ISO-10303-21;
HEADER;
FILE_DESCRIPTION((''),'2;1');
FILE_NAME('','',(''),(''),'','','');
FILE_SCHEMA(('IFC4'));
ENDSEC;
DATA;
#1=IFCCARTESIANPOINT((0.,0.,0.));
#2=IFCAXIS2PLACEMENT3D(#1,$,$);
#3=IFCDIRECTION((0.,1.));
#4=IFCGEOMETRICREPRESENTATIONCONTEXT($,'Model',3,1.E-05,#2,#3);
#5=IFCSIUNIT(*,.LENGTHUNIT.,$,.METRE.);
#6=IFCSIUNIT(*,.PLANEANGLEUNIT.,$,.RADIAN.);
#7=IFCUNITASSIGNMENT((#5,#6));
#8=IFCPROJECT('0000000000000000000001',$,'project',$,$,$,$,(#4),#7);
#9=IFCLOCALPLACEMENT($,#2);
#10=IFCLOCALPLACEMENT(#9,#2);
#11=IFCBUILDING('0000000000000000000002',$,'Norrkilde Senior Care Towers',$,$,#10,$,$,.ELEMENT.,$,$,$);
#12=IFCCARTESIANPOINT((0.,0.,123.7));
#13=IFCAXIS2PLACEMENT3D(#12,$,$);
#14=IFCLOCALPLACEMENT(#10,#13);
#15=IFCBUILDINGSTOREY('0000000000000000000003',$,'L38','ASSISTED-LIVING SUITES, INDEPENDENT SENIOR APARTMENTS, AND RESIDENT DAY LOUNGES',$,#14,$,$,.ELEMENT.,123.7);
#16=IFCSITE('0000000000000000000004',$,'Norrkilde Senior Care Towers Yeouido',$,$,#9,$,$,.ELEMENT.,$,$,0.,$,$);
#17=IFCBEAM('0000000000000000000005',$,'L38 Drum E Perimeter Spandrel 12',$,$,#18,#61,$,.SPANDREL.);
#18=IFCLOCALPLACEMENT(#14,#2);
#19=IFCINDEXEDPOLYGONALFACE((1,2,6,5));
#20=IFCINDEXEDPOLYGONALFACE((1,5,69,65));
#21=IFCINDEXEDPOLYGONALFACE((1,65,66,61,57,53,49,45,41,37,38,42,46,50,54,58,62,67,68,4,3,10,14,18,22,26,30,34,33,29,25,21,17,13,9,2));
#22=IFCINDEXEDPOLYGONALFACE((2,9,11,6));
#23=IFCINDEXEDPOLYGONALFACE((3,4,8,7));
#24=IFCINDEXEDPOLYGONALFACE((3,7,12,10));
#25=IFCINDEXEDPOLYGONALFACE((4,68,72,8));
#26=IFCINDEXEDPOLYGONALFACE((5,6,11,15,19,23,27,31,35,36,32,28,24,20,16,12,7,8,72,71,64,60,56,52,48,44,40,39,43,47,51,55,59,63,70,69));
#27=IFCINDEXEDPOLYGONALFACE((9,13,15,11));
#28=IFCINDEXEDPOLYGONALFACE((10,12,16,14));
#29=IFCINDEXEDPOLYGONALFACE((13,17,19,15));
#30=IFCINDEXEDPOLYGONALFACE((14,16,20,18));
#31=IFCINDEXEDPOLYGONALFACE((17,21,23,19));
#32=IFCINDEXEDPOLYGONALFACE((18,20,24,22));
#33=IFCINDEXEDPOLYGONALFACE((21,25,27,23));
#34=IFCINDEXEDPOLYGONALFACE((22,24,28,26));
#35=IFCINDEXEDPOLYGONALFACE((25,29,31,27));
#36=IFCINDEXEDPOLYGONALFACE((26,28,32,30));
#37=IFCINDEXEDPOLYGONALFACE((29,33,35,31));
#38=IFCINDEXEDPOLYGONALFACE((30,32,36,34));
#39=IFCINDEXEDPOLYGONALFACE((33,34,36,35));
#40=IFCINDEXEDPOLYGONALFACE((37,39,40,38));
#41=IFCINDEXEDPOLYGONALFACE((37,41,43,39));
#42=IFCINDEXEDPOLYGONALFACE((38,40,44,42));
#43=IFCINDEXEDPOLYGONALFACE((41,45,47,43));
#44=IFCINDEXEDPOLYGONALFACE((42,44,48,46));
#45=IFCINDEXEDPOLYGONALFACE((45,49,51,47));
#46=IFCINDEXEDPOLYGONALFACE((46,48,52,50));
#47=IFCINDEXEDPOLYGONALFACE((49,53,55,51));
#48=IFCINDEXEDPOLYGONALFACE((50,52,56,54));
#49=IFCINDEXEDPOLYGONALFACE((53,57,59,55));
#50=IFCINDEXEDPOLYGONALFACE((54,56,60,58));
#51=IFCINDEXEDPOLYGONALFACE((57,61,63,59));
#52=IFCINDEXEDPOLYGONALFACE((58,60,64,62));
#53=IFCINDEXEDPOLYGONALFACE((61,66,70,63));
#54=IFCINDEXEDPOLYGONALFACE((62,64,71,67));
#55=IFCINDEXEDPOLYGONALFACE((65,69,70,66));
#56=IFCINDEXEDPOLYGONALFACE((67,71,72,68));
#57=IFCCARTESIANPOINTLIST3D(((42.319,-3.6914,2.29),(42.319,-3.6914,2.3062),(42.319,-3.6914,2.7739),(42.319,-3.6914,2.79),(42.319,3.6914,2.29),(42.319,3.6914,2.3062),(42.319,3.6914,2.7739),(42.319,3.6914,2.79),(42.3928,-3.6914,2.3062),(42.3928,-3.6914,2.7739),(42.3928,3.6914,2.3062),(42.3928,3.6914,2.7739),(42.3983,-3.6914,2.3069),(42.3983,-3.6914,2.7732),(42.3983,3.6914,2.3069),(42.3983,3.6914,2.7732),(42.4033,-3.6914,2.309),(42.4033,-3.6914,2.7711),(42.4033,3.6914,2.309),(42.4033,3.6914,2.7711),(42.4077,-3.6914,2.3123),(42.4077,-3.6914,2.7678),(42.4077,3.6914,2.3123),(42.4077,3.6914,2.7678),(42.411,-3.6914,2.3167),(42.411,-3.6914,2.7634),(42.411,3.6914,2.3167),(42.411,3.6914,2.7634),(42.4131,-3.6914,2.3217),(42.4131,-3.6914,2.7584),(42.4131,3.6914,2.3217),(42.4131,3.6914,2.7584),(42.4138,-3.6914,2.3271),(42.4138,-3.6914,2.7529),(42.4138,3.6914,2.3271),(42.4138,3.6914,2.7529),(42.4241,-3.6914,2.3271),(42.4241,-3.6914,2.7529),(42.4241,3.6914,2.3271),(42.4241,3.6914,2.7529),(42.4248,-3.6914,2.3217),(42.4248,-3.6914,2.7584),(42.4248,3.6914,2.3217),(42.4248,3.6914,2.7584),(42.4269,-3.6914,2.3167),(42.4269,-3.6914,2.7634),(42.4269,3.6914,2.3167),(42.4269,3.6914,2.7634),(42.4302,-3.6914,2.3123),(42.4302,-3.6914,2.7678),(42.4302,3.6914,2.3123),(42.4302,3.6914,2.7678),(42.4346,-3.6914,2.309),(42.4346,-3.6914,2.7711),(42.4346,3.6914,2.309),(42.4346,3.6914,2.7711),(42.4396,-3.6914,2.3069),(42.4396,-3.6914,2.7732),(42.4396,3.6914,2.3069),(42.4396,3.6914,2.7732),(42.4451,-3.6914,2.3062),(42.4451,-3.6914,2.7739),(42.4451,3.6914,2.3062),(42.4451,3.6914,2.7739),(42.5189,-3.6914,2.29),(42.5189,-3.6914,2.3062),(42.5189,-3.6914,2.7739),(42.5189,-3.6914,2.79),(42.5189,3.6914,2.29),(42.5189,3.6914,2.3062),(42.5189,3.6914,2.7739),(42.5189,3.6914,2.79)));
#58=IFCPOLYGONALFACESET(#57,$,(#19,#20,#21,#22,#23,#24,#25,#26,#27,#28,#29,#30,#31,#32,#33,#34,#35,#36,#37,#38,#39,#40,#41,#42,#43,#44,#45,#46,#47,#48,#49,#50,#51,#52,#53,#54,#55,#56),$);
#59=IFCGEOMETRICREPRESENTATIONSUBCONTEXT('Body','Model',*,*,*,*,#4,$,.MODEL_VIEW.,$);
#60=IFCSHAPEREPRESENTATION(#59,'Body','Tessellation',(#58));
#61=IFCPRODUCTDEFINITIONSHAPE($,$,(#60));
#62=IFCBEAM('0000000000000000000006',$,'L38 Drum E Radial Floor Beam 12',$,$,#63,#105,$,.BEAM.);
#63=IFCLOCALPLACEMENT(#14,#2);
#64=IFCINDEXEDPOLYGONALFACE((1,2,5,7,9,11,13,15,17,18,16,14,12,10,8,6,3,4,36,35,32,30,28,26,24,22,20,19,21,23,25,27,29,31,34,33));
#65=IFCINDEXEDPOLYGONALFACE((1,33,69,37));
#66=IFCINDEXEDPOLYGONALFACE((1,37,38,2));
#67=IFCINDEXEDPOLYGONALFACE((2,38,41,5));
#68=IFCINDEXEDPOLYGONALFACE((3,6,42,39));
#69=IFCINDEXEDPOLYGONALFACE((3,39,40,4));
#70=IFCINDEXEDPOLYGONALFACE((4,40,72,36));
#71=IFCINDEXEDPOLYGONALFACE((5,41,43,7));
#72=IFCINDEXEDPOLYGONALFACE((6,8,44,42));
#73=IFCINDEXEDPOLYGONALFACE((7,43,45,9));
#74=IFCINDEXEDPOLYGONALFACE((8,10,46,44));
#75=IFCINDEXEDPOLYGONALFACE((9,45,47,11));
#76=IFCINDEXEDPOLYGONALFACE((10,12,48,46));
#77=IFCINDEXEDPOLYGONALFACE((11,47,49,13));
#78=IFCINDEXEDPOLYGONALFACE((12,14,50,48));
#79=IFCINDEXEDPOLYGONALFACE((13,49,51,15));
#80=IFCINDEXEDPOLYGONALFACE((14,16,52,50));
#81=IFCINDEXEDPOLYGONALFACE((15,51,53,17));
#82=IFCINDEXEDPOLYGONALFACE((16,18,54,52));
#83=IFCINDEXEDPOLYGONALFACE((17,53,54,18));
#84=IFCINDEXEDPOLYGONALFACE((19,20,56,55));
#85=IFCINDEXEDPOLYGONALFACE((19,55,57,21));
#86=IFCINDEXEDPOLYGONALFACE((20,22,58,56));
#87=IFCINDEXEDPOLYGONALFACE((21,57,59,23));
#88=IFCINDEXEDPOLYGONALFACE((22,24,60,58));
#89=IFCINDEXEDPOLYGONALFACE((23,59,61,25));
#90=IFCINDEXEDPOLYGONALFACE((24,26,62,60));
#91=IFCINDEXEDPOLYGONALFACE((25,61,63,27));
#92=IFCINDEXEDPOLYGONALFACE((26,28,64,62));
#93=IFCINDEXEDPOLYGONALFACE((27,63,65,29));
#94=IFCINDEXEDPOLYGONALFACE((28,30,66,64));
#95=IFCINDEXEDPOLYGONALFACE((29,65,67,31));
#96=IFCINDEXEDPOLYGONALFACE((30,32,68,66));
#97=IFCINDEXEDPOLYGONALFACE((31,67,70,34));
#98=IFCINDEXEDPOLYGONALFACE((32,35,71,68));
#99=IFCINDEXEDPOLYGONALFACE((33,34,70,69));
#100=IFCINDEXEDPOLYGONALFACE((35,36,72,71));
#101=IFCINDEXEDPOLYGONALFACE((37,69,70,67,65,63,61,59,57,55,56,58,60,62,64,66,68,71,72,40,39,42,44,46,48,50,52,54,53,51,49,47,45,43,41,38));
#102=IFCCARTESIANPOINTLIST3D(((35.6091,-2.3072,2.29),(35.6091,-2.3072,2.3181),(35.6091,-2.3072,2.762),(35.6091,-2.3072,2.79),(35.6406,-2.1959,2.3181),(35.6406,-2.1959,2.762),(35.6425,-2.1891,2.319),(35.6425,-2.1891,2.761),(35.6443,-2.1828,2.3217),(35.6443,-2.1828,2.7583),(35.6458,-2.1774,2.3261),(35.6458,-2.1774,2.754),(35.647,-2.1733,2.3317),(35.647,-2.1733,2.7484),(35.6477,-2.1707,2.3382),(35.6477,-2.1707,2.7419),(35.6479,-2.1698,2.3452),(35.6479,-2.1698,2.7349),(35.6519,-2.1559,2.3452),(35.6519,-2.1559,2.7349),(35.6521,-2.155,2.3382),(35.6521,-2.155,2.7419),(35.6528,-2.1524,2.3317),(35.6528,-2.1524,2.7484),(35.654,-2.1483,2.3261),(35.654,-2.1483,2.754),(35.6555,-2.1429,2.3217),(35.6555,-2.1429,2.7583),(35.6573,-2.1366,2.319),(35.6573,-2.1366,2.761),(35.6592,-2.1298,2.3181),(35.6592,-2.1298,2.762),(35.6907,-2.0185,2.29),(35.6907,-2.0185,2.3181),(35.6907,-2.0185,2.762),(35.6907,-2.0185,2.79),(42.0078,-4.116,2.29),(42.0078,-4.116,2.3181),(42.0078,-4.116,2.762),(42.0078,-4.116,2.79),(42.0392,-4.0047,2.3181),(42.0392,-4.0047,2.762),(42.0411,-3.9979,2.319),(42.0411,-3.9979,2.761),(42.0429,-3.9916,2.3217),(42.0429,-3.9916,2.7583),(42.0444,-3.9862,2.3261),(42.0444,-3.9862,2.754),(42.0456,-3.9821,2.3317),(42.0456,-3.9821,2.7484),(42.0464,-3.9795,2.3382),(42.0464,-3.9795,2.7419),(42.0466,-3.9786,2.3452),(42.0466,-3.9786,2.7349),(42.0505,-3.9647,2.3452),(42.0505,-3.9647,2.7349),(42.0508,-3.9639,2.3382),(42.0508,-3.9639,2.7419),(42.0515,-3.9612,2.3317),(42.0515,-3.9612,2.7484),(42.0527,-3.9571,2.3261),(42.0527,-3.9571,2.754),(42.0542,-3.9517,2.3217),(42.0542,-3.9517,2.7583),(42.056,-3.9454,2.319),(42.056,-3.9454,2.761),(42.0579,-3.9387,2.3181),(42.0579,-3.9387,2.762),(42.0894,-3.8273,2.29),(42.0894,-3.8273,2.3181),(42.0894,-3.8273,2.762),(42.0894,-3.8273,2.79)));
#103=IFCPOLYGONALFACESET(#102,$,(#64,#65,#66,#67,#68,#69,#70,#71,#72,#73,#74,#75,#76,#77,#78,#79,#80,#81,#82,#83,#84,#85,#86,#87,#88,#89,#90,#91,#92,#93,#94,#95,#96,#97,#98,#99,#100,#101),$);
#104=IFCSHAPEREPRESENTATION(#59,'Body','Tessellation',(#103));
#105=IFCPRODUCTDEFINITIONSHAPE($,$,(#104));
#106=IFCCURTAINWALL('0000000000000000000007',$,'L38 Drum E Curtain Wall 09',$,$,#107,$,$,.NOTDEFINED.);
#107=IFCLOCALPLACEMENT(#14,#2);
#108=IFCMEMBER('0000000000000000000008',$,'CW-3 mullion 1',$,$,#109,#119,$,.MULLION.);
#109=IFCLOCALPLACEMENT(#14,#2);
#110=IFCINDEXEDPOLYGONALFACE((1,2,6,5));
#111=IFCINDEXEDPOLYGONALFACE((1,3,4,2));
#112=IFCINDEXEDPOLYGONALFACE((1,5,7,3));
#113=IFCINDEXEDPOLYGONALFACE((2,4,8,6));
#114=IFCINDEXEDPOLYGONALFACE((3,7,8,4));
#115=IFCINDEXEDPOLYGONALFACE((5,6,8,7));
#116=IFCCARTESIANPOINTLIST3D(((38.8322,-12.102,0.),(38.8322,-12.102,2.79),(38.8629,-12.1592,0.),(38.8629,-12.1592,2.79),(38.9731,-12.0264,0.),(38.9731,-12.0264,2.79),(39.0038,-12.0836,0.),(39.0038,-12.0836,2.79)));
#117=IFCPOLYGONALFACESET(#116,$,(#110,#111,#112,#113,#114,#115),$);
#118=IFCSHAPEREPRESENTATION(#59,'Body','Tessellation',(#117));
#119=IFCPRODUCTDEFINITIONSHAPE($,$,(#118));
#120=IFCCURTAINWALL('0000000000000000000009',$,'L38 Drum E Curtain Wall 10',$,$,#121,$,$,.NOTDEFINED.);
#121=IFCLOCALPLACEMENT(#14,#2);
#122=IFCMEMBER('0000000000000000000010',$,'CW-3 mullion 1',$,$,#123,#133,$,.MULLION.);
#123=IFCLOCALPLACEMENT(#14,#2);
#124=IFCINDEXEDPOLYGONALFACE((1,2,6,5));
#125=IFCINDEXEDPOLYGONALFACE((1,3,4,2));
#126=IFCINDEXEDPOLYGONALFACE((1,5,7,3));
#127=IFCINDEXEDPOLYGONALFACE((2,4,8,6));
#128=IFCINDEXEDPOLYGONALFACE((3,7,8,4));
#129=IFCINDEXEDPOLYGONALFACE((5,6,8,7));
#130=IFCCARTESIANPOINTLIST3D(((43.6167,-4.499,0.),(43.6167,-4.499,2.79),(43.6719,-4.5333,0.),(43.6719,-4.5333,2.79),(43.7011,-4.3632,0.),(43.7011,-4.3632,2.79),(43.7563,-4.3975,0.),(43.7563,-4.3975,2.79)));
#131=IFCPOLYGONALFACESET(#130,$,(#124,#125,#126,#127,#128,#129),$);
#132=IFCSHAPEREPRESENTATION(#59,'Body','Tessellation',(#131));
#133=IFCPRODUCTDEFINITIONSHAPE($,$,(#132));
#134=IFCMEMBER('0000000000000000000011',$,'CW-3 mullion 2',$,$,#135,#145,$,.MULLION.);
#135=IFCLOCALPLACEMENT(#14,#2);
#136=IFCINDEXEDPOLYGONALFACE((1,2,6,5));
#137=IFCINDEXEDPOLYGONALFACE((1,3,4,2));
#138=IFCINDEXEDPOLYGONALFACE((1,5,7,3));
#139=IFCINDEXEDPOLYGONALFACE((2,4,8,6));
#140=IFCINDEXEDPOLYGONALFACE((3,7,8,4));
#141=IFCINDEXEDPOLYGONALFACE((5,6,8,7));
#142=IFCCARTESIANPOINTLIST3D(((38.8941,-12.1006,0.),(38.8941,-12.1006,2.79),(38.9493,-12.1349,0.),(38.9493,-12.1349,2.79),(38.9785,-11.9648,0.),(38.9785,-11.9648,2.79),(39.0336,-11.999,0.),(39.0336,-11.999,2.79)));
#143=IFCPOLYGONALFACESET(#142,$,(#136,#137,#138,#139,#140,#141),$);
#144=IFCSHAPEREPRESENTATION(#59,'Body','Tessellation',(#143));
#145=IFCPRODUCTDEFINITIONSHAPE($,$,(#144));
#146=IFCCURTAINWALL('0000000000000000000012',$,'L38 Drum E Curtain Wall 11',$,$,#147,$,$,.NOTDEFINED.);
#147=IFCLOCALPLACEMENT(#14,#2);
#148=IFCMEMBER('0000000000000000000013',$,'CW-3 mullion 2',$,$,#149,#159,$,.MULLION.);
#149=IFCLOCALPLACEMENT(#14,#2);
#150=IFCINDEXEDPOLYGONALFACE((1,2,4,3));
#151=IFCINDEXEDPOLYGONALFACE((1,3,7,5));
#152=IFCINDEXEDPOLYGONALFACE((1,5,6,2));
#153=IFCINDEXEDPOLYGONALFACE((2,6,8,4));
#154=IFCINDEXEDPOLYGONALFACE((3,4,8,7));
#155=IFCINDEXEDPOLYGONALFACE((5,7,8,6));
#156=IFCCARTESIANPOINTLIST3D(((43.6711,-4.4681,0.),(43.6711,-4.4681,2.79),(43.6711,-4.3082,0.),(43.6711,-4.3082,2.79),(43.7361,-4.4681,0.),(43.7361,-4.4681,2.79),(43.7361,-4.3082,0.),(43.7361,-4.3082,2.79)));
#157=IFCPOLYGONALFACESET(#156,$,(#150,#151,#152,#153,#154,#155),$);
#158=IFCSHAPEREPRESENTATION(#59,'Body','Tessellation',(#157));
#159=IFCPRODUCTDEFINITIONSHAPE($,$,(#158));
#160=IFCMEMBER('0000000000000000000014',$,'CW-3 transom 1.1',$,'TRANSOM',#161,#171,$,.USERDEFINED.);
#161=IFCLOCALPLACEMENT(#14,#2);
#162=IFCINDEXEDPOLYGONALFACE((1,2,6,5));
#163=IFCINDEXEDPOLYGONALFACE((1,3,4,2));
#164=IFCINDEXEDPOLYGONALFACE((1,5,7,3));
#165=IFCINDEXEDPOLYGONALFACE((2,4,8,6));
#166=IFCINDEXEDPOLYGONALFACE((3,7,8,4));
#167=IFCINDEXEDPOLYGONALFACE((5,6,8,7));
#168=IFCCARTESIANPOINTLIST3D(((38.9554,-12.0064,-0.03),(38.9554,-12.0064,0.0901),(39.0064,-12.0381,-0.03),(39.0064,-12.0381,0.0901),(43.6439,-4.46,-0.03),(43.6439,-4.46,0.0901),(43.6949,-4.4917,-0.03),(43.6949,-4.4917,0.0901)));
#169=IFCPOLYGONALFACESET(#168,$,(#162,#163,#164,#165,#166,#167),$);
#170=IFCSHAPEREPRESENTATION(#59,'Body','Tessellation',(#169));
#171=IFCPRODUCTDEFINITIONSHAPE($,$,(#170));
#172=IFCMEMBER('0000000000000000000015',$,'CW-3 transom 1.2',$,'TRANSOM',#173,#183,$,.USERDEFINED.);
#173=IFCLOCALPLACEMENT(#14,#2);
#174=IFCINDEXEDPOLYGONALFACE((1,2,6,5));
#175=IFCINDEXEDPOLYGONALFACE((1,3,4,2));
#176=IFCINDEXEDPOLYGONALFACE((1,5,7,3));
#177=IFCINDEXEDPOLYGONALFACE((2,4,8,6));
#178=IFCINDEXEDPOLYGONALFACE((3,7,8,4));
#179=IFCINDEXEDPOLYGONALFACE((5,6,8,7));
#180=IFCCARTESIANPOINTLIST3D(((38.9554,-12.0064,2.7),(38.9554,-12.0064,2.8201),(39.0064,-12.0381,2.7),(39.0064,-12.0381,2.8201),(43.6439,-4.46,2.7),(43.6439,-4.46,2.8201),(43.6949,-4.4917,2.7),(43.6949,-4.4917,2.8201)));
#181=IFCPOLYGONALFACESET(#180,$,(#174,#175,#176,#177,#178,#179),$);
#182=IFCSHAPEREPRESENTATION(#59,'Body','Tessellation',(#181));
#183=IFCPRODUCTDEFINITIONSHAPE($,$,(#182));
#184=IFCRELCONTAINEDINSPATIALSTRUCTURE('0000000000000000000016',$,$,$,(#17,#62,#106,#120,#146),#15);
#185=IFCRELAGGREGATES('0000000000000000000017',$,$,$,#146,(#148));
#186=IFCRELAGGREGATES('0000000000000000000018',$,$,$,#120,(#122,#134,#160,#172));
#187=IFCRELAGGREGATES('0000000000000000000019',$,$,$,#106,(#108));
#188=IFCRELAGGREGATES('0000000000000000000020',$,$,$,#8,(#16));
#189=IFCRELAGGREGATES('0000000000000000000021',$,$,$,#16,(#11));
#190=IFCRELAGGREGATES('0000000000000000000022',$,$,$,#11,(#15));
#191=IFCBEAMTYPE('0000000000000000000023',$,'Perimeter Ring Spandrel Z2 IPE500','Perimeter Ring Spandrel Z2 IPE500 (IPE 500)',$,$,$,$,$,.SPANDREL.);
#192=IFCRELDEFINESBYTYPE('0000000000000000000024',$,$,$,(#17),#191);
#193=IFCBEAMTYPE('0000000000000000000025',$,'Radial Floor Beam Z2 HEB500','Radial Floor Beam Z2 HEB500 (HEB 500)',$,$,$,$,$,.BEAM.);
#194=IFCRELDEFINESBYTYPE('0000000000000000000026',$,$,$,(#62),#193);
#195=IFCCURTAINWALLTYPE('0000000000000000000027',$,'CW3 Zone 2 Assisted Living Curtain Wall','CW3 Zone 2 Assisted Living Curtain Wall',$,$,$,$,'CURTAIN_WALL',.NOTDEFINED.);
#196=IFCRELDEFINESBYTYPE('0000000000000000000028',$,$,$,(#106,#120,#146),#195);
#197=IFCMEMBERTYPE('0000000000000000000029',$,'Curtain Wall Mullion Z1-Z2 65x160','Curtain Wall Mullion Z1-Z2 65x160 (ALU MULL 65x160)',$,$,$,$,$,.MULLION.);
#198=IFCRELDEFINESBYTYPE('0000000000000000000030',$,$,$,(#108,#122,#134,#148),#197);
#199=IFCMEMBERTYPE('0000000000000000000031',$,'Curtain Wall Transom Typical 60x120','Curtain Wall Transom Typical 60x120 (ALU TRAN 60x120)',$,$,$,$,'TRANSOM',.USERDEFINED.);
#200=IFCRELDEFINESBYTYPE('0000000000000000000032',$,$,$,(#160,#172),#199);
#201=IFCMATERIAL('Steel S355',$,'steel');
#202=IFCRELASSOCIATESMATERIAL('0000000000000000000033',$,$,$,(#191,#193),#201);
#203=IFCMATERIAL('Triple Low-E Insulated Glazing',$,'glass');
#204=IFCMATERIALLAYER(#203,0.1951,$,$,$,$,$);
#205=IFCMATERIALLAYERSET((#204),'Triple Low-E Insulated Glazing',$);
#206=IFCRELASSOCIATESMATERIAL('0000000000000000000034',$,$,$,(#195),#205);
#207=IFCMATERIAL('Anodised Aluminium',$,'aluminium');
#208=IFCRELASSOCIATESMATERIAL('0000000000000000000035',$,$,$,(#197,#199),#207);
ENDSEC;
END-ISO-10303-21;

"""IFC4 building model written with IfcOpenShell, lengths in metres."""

from ifc_helpers import new_model, si_unit, direction, frame, origin, origin_2d, place, context, subcontext, project, spatial, rectangle, i_section, extrude, source, transform, mapped, material, layer, layer_set, material_profile, profile_set, type_object, type_shapes, element, aggregate, save


model = new_model("IFC4")

# Units and contexts
model_context = context("Model", 3, precision=1e-05, world=origin(), true_north=direction((0.0, 1.0)))
body_context = subcontext(model_context, "Body", "Model", "MODEL_VIEW")
ifc_project = project(units=[si_unit("LENGTHUNIT", "METRE"), si_unit("PLANEANGLEUNIT", "RADIAN")], contexts=[model_context])

# Site, building, storey
site_placement = place(None, origin())
site = spatial("IfcSite", under=ifc_project, at=site_placement, Name="Norrkilde Senior Care Towers Yeouido", CompositionType="ELEMENT", RefElevation=0.0)
building_placement = place(site_placement, origin())
building = spatial("IfcBuilding", under=site, at=building_placement, Name="Norrkilde Senior Care Towers", CompositionType="ELEMENT")
storey_placement = place(building_placement, frame((0.0, 0.0, 123.7)))
storey = spatial("IfcBuildingStorey", under=building, at=storey_placement, Name="L38", Description="ASSISTED-LIVING SUITES, INDEPENDENT SENIOR APARTMENTS, AND RESIDENT DAY LOUNGES", CompositionType="ELEMENT", Elevation=123.7)

# Beams
ifc_material_1 = material(Name="Steel S355", Category="steel")
ifc_material_profile_1 = material_profile(ifc_material_1, i_section(OverallWidth=0.2, OverallDepth=0.5, WebThickness=0.0103, FlangeThickness=0.0161, FilletRadius=0.021, at=origin_2d()), Name="IPE 500")
ifc_profile_set_1 = profile_set([ifc_material_profile_1], Name="Steel S355")
beam_type_1 = type_object("IfcBeamType", Name="Perimeter Ring Spandrel Z2 IPE500", Description="Perimeter Ring Spandrel Z2 IPE500 (IPE 500)", PredefinedType="SPANDREL", material=ifc_profile_set_1)
shared_shape_1 = source(origin(), body_context, "Body", "SweptSolid", [
    extrude(i_section(OverallWidth=0.2, OverallDepth=0.5, WebThickness=0.0103, FlangeThickness=0.0161, FilletRadius=0.021, at=origin_2d()), origin(), (0.0, 0.0, 1.0), 7.3828),
])
beam_1_placement = place(storey_placement, frame((42.4189, -3.6914, 2.54), z_axis=(0.0, 1.0, 0.0), x_axis=(-1.0, 0.0, 0.0)))
element("IfcBeam", 1, at=beam_1_placement, inside=storey, type_object=beam_type_1, Name="L38 Drum E Perimeter Spandrel 12", PredefinedType="SPANDREL", context=body_context, shape_type="MappedRepresentation", body=[
    mapped(shared_shape_1, transform((0.0, 0.0, 0.0), x_axis=(1.0, 0.0, 0.0), y_axis=(0.0, 1.0, 0.0), z_axis=(0.0, 0.0, 1.0), scale=1.0)),
])
ifc_material_profile_2 = material_profile(ifc_material_1, i_section(OverallWidth=0.3, OverallDepth=0.5, WebThickness=0.0144, FlangeThickness=0.0281, FilletRadius=0.0271, at=origin_2d()), Name="HEB 500")
ifc_profile_set_2 = profile_set([ifc_material_profile_2], Name="Steel S355")
beam_type_2 = type_object("IfcBeamType", Name="Radial Floor Beam Z2 HEB500", Description="Radial Floor Beam Z2 HEB500 (HEB 500)", PredefinedType="BEAM", material=ifc_profile_set_2)
shared_shape_2 = source(origin(), body_context, "Body", "SweptSolid", [
    extrude(i_section(OverallWidth=0.3, OverallDepth=0.5, WebThickness=0.0144, FlangeThickness=0.0281, FilletRadius=0.0271, at=origin_2d()), origin(), (0.0, 0.0, 1.0), 6.6494),
])
type_shapes(beam_type_2, [shared_shape_2])
beam_2_placement = place(storey_placement, frame((35.6499, -2.1628, 2.54), z_axis=(0.962289, -0.272029, 0.0), x_axis=(0.272029, 0.962289, 0.0)))
element("IfcBeam", 2, at=beam_2_placement, inside=storey, type_object=beam_type_2, Name="L38 Drum E Radial Floor Beam 12", PredefinedType="BEAM", context=body_context, shape_type="MappedRepresentation", body=[
    mapped(shared_shape_2, transform((0.0, 0.0, 0.0), x_axis=(1.0, 0.0, 0.0), y_axis=(0.0, 1.0, 0.0), z_axis=(0.0, 0.0, 1.0), scale=1.0)),
])

# Curtain wall, member
ifc_material_2 = material(Name="Triple Low-E Insulated Glazing", Category="glass")
ifc_layer_1 = layer(ifc_material_2, 0.1951)
ifc_layer_set_1 = layer_set([ifc_layer_1], Name="Triple Low-E Insulated Glazing")
curtain_wall_type = type_object("IfcCurtainWallType", Name="CW3 Zone 2 Assisted Living Curtain Wall", Description="CW3 Zone 2 Assisted Living Curtain Wall", ElementType="CURTAIN_WALL", PredefinedType="NOTDEFINED", material=ifc_layer_set_1)
curtain_wall_1_placement = place(storey_placement, origin())
curtain_wall_1 = element("IfcCurtainWall", 3, at=curtain_wall_1_placement, inside=storey, type_object=curtain_wall_type, Name="L38 Drum E Curtain Wall 09", PredefinedType="NOTDEFINED")
ifc_material_3 = material(Name="Anodised Aluminium", Category="aluminium")
ifc_material_profile_3 = material_profile(ifc_material_3, rectangle(XDim=0.0649, YDim=0.1599, at=origin_2d()), Name="ALU MULL 65x160")
ifc_profile_set_3 = profile_set([ifc_material_profile_3], Name="Anodised Aluminium")
member_type_1 = type_object("IfcMemberType", Name="Curtain Wall Mullion Z1-Z2 65x160", Description="Curtain Wall Mullion Z1-Z2 65x160 (ALU MULL 65x160)", PredefinedType="MULLION", material=ifc_profile_set_3)
shared_shape_3 = source(origin(), body_context, "Body", "SweptSolid", [
    extrude(rectangle(XDim=0.0649, YDim=0.1599, at=origin_2d()), origin(), (0.0, 0.0, 1.0), 2.79),
])
type_shapes(member_type_1, [shared_shape_3])
member_1_placement = place(storey_placement, frame((38.918, -12.0928, 0.0), z_axis=(0.0, 0.0, 1.0), x_axis=(0.472769, -0.881186, 0.0)))
member_1 = element("IfcMember", 4, at=member_1_placement, type_object=member_type_1, Name="CW-3 mullion 1", PredefinedType="MULLION", context=body_context, shape_type="MappedRepresentation", body=[
    mapped(shared_shape_3, transform((0.0, 0.0, 0.0), x_axis=(1.0, 0.0, 0.0), y_axis=(0.0, 1.0, 0.0), z_axis=(0.0, 0.0, 1.0), scale=1.0)),
])

# Curtain wall, members
curtain_wall_2_placement = place(storey_placement, origin())
curtain_wall_2 = element("IfcCurtainWall", 5, at=curtain_wall_2_placement, inside=storey, type_object=curtain_wall_type, Name="L38 Drum E Curtain Wall 10", PredefinedType="NOTDEFINED")
member_2_placement = place(storey_placement, frame((43.6865, -4.4482, 0.0), z_axis=(0.0, 0.0, 1.0), x_axis=(0.84941, -0.527733, 0.0)))
member_2 = element("IfcMember", 6, at=member_2_placement, type_object=member_type_1, Name="CW-3 mullion 1", PredefinedType="MULLION", context=body_context, shape_type="MappedRepresentation", body=[
    mapped(shared_shape_3, transform((0.0, 0.0, 0.0), x_axis=(1.0, 0.0, 0.0), y_axis=(0.0, 1.0, 0.0), z_axis=(0.0, 0.0, 1.0), scale=1.0)),
])
member_3_placement = place(storey_placement, frame((38.9639, -12.0498, 0.0), z_axis=(0.0, 0.0, 1.0), x_axis=(0.84941, -0.527733, 0.0)))
member_3 = element("IfcMember", 7, at=member_3_placement, type_object=member_type_1, Name="CW-3 mullion 2", PredefinedType="MULLION", context=body_context, shape_type="MappedRepresentation", body=[
    mapped(shared_shape_3, transform((0.0, 0.0, 0.0), x_axis=(1.0, 0.0, 0.0), y_axis=(0.0, 1.0, 0.0), z_axis=(0.0, 0.0, 1.0), scale=1.0)),
])

# Curtain wall, member
curtain_wall_3_placement = place(storey_placement, origin())
curtain_wall_3 = element("IfcCurtainWall", 8, at=curtain_wall_3_placement, inside=storey, type_object=curtain_wall_type, Name="L38 Drum E Curtain Wall 11", PredefinedType="NOTDEFINED")
member_4_placement = place(storey_placement, frame((43.7036, -4.3882, 0.0), z_axis=(0.0, 0.0, 1.0), x_axis=(1.0, 0.0, 0.0)))
member_4 = element("IfcMember", 9, at=member_4_placement, type_object=member_type_1, Name="CW-3 mullion 2", PredefinedType="MULLION", context=body_context, shape_type="MappedRepresentation", body=[
    mapped(shared_shape_3, transform((0.0, 0.0, 0.0), x_axis=(1.0, 0.0, 0.0), y_axis=(0.0, 1.0, 0.0), z_axis=(0.0, 0.0, 1.0), scale=1.0)),
])
aggregate(curtain_wall_3, [member_4])

# Members
ifc_material_profile_4 = material_profile(ifc_material_3, rectangle(XDim=0.0601, YDim=0.1201, at=origin_2d()), Name="ALU TRAN 60x120")
ifc_profile_set_4 = profile_set([ifc_material_profile_4], Name="Anodised Aluminium")
member_type_2 = type_object("IfcMemberType", Name="Curtain Wall Transom Typical 60x120", Description="Curtain Wall Transom Typical 60x120 (ALU TRAN 60x120)", ElementType="TRANSOM", PredefinedType="USERDEFINED", material=ifc_profile_set_4)
shared_shape_4 = source(origin(), body_context, "Body", "SweptSolid", [
    extrude(rectangle(XDim=0.0601, YDim=0.1201, at=origin_2d()), origin(), (0.0, 0.0, 1.0), 8.8843),
])
member_5_placement = place(storey_placement, frame((43.6694, -4.4758, 0.03), z_axis=(-0.527729, -0.849413, 0.0), x_axis=(0.849413, -0.527729, 0.0)))
member_5 = element("IfcMember", 10, at=member_5_placement, type_object=member_type_2, Name="CW-3 transom 1.1", ObjectType="TRANSOM", PredefinedType="USERDEFINED", context=body_context, shape_type="MappedRepresentation", body=[
    mapped(shared_shape_4, transform((0.0, 0.0, 0.0), x_axis=(1.0, 0.0, 0.0), y_axis=(0.0, 1.0, 0.0), z_axis=(0.0, 0.0, 1.0), scale=1.0)),
])
member_6_placement = place(storey_placement, frame((43.6694, -4.4758, 2.76), z_axis=(-0.527729, -0.849413, 0.0), x_axis=(0.849413, -0.527729, 0.0)))
member_6 = element("IfcMember", 11, at=member_6_placement, type_object=member_type_2, Name="CW-3 transom 1.2", ObjectType="TRANSOM", PredefinedType="USERDEFINED", context=body_context, shape_type="MappedRepresentation", body=[
    mapped(shared_shape_4, transform((0.0, 0.0, 0.0), x_axis=(1.0, 0.0, 0.0), y_axis=(0.0, 1.0, 0.0), z_axis=(0.0, 0.0, 1.0), scale=1.0)),
])

aggregate(curtain_wall_2, [member_2, member_3, member_5, member_6])
aggregate(curtain_wall_1, [member_1])

save(model, "model.ifc")
